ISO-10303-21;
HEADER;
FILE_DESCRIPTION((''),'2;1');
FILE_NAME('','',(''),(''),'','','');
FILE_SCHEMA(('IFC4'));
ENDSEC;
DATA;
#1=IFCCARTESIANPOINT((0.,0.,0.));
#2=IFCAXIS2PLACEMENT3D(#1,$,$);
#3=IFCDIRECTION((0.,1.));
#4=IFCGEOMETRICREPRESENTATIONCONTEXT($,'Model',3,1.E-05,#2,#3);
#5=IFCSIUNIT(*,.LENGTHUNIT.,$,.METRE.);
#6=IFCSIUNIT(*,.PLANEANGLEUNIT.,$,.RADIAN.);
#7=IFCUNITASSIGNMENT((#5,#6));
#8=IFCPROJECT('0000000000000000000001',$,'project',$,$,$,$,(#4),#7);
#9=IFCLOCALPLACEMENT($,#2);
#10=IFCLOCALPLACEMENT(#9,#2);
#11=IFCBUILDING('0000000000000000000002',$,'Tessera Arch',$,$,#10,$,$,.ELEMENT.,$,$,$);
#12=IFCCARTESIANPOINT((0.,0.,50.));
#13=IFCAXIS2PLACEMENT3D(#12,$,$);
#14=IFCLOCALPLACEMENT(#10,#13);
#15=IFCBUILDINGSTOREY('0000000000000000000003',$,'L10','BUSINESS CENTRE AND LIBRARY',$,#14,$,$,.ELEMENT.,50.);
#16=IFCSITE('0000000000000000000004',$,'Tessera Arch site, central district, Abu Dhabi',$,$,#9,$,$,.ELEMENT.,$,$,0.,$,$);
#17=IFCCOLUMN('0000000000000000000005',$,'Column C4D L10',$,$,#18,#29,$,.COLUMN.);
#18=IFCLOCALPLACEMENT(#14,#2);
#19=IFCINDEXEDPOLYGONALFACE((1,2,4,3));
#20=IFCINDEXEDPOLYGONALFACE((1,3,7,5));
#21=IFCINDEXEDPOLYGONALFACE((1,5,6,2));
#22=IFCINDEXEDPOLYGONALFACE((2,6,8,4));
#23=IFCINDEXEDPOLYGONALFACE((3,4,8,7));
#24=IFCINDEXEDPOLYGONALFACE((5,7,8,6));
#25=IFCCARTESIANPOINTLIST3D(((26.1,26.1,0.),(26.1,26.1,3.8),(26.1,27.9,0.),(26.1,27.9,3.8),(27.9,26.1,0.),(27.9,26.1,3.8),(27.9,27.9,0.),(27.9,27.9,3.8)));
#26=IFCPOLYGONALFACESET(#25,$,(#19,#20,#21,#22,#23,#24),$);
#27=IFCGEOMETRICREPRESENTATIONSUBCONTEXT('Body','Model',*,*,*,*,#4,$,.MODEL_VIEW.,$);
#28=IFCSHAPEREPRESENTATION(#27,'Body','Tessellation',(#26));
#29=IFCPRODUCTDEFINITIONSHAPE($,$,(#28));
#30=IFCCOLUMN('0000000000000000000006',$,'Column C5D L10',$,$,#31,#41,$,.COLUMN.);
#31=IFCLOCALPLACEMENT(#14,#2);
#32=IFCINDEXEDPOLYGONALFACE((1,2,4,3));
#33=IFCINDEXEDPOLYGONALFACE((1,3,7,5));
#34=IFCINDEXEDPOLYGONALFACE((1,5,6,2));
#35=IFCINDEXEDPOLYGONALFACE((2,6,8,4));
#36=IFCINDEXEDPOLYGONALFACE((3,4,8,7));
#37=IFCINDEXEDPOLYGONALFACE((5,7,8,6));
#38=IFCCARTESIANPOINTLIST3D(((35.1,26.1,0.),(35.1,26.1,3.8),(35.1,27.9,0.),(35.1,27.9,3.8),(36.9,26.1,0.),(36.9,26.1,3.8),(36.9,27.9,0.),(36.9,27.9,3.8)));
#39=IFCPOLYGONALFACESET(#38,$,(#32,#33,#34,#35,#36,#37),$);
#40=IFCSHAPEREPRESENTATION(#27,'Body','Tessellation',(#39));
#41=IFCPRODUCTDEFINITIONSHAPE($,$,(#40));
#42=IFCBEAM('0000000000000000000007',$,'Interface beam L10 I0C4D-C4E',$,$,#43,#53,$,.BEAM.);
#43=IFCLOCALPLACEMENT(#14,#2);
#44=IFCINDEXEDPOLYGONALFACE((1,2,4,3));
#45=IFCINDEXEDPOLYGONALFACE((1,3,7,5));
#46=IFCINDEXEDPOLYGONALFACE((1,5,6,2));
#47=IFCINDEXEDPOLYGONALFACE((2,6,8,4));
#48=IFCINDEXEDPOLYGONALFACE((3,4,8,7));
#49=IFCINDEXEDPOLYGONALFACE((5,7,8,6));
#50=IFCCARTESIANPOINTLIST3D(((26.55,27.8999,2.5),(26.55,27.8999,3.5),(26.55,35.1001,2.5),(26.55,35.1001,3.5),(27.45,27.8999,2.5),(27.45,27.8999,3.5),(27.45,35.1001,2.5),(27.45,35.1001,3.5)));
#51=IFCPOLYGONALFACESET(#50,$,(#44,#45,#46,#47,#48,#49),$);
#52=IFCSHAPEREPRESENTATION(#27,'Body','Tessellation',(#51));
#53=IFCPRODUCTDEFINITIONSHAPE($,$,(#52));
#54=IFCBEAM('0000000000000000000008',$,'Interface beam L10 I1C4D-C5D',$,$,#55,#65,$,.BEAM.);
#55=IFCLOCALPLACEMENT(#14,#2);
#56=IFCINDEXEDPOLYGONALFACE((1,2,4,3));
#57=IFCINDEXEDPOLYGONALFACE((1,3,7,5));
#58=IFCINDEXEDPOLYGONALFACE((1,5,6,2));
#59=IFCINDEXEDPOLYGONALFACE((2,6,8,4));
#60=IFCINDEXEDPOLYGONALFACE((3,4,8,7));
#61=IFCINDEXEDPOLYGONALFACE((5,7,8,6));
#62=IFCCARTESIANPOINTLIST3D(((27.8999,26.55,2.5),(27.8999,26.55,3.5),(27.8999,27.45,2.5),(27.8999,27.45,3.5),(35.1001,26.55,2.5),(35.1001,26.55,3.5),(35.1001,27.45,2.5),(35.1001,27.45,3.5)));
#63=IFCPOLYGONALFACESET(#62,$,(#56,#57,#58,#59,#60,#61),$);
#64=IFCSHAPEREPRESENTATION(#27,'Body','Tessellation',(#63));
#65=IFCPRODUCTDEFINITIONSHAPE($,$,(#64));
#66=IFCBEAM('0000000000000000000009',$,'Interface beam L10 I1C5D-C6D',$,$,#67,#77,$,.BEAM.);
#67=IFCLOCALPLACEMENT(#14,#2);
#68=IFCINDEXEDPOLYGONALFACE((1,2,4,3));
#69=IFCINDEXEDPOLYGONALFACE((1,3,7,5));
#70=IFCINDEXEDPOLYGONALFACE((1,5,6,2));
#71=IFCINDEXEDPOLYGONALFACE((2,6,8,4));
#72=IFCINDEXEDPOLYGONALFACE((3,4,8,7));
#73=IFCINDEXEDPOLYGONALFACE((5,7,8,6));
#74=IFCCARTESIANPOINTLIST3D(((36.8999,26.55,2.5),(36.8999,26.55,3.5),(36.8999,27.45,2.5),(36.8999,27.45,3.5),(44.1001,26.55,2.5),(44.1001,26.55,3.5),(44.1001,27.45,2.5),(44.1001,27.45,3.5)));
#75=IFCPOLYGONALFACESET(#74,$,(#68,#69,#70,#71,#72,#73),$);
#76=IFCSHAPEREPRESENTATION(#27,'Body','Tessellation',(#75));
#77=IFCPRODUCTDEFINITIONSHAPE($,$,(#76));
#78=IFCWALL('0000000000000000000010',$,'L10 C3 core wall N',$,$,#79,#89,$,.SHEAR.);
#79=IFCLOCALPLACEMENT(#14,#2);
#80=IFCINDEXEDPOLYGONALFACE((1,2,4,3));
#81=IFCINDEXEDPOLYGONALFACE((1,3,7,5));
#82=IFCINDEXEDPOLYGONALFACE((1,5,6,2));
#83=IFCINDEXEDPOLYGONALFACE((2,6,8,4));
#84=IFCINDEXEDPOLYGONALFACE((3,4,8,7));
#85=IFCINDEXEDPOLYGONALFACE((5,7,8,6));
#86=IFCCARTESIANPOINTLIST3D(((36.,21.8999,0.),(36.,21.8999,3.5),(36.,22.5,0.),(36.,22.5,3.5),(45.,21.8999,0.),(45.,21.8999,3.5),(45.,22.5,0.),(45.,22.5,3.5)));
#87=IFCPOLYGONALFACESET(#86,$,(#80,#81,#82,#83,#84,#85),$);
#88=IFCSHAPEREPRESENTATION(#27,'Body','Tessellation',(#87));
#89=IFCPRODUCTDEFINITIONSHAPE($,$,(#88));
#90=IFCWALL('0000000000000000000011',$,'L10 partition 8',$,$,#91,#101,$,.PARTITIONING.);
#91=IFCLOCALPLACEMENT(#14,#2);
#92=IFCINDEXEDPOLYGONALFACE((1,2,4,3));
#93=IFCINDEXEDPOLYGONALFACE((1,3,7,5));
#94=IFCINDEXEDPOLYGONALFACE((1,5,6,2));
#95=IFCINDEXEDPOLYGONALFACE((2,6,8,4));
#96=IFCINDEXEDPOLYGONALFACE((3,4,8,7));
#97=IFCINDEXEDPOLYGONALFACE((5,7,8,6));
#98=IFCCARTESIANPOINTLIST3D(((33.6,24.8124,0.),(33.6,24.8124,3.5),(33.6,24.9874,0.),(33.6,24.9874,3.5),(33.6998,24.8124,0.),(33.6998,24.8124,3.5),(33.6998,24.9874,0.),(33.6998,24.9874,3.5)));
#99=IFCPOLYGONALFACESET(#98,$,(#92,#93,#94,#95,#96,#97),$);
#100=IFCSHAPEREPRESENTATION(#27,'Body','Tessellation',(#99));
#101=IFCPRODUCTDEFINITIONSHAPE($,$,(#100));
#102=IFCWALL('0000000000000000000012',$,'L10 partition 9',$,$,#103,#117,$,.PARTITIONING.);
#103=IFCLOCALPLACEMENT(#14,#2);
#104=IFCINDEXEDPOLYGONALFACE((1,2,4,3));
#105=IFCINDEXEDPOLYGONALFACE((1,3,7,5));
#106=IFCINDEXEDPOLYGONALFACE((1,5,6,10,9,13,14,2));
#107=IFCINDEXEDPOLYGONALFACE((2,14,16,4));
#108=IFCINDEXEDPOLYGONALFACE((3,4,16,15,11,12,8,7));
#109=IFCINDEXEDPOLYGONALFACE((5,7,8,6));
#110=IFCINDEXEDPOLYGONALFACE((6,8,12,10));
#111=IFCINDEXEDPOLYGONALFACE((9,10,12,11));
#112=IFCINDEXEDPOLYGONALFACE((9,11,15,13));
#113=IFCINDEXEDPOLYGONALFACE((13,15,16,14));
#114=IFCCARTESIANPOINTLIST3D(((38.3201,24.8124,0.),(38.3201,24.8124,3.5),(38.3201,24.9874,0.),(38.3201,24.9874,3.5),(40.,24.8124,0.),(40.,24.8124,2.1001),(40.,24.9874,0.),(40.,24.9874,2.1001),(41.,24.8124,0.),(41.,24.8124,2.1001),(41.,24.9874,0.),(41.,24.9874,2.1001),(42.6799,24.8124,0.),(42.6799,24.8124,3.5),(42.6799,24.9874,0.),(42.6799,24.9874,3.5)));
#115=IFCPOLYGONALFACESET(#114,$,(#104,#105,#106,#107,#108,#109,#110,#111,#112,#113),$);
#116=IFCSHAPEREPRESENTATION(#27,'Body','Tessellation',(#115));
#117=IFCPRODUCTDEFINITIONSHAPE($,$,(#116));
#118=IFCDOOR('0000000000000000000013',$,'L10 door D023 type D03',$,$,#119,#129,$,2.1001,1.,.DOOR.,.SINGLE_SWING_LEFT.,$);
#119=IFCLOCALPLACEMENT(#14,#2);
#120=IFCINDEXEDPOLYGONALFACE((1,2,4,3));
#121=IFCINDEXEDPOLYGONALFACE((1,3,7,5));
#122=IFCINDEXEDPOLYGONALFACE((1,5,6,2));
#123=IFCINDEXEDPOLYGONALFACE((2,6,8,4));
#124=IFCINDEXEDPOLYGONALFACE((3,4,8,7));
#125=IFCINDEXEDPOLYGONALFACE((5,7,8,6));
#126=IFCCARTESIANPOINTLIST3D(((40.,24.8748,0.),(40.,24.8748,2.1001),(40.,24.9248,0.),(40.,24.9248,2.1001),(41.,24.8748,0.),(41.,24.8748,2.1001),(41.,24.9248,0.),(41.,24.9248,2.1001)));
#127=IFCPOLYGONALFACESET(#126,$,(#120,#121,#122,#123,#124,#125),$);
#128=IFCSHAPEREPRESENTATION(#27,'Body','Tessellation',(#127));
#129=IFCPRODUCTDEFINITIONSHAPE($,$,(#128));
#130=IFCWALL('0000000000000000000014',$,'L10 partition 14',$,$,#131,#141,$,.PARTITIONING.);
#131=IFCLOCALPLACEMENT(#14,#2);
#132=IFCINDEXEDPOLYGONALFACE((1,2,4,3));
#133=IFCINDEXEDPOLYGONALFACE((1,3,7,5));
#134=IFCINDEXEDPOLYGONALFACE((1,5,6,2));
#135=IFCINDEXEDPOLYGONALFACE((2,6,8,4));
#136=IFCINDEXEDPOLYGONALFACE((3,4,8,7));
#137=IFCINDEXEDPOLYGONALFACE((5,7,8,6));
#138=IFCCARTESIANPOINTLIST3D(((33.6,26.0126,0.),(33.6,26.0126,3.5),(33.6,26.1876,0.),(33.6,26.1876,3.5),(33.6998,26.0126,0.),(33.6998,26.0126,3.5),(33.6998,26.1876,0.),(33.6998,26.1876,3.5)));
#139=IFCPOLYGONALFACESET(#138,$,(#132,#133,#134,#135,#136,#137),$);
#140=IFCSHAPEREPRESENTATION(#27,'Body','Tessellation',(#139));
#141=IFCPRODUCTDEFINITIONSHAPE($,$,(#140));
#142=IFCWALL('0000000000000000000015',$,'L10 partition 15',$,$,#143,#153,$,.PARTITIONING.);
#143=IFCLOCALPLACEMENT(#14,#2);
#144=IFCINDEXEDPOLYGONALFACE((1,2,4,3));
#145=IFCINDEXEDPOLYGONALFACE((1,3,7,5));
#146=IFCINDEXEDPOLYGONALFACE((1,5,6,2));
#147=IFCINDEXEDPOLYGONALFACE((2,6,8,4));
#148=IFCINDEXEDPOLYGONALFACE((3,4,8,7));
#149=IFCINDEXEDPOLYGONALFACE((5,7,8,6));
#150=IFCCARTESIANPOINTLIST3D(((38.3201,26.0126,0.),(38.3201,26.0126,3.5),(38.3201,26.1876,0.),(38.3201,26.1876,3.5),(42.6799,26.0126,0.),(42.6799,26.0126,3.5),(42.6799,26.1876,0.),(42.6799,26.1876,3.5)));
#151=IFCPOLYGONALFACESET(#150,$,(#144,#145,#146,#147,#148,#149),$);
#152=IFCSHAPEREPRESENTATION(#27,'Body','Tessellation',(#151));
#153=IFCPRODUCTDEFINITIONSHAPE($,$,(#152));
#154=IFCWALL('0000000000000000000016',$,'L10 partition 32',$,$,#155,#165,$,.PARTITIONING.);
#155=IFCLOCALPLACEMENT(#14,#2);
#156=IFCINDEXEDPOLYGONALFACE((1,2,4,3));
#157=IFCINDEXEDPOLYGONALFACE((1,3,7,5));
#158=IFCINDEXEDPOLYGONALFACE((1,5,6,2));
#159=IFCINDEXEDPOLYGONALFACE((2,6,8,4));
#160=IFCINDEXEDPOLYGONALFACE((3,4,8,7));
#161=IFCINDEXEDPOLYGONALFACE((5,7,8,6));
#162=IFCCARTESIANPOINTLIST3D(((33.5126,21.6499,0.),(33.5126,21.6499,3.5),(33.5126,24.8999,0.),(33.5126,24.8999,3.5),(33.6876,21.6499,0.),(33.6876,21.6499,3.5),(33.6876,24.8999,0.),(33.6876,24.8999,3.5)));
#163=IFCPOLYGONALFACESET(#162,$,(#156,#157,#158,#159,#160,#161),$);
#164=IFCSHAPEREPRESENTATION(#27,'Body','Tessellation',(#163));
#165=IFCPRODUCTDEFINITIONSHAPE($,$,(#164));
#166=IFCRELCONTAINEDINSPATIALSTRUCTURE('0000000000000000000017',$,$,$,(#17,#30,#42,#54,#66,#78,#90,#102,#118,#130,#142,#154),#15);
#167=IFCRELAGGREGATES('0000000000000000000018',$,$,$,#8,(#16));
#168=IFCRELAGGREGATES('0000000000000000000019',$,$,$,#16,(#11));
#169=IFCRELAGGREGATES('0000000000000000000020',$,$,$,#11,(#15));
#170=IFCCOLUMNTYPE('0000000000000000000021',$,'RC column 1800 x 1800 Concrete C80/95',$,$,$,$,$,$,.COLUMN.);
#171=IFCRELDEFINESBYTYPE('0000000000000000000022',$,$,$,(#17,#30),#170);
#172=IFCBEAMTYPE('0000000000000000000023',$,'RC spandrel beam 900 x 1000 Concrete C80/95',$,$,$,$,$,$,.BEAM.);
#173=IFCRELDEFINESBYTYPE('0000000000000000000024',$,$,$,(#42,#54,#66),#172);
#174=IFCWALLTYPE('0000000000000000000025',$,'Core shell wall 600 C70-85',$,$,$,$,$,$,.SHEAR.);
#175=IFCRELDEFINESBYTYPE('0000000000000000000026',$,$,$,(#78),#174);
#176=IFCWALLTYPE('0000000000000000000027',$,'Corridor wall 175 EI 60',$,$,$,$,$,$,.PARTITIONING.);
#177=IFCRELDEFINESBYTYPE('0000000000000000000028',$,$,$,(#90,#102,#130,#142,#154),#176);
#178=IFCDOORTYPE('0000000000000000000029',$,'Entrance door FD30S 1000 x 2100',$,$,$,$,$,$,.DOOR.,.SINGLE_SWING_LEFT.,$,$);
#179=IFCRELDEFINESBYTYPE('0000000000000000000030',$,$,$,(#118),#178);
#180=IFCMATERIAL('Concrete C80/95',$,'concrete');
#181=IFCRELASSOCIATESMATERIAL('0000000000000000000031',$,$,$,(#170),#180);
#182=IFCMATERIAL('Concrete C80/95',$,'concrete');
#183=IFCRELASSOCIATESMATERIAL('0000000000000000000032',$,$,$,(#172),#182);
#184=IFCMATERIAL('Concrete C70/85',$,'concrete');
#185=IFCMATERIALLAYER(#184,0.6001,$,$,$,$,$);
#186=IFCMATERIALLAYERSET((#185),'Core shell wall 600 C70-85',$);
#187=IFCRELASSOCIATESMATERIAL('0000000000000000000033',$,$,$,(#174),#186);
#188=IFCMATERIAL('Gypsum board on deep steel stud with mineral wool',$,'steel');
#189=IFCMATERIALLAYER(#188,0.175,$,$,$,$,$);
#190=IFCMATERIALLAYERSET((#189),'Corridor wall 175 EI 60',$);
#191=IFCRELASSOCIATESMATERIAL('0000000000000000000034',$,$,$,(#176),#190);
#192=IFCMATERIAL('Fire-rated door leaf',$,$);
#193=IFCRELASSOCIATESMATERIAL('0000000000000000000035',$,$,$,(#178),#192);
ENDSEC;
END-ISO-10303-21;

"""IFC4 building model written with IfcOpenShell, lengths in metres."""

from ifc_helpers import new_model, si_unit, direction, frame, frame_2d, origin, origin_2d, place, context, subcontext, project, spatial, rectangle, extrude, material, layer, layer_set, material_profile, profile_set, type_object, element, fill, save


model = new_model("IFC4")

# Units and contexts
model_context = context("Model", 3, precision=1e-05, world=origin(), true_north=direction((0.0, 1.0)))
body_context = subcontext(model_context, "Body", "Model", "MODEL_VIEW")
ifc_project = project(units=[si_unit("LENGTHUNIT", "METRE"), si_unit("PLANEANGLEUNIT", "RADIAN")], contexts=[model_context])

# Site, building, storey
site_placement = place(None, origin())
site = spatial("IfcSite", under=ifc_project, at=site_placement, Name="Tessera Arch site, central district, Abu Dhabi", CompositionType="ELEMENT", RefElevation=0.0)
building_placement = place(site_placement, origin())
building = spatial("IfcBuilding", under=site, at=building_placement, Name="Tessera Arch", CompositionType="ELEMENT")
storey_placement = place(building_placement, frame((0.0, 0.0, 50.0)))
storey = spatial("IfcBuildingStorey", under=building, at=storey_placement, Name="L10", Description="BUSINESS CENTRE AND LIBRARY", CompositionType="ELEMENT", Elevation=50.0)

# Columns
ifc_material_1 = material(Name="Concrete C80/95", Category="concrete")
ifc_material_profile_1 = material_profile(ifc_material_1, rectangle(XDim=1.8, YDim=1.8, at=origin_2d()), Name="RC column 1800 x 1800 Concrete C80/95")
ifc_profile_set_1 = profile_set([ifc_material_profile_1], Name="Concrete C80/95")
column_type = type_object("IfcColumnType", Name="RC column 1800 x 1800 Concrete C80/95", PredefinedType="COLUMN", material=ifc_profile_set_1)
for number, where, z_axis, x_axis, name in (
    (1, (27.0, 27.0, 0.0), (0.0, 0.0, 1.0), (1.0, 0.0, 0.0), "Column C4D L10"),
    (2, (36.0, 27.0, 0.0), (0.0, 0.0, 1.0), (1.0, 0.0, 0.0), "Column C5D L10"),
):
    element("IfcColumn", number, at=place(storey_placement, frame(where, z_axis=z_axis, x_axis=x_axis)), inside=storey, type_object=column_type, Name=name, PredefinedType="COLUMN", context=body_context, shape_type="SweptSolid", body=[
        extrude(rectangle(XDim=1.8, YDim=1.8, at=origin_2d()), origin(), (0.0, 0.0, 1.0), 3.8),
    ])

# Beams
ifc_material_2 = material(Name="Concrete C80/95", Category="concrete")
ifc_material_profile_2 = material_profile(ifc_material_2, rectangle(XDim=0.8999, YDim=1.0, at=origin_2d()), Name="RC spandrel beam 900 x 1000 Concrete C80/95")
ifc_profile_set_2 = profile_set([ifc_material_profile_2], Name="Concrete C80/95")
beam_type = type_object("IfcBeamType", Name="RC spandrel beam 900 x 1000 Concrete C80/95", PredefinedType="BEAM", material=ifc_profile_set_2)
for number, where, z_axis, x_axis, name in (
    (3, (27.0, 27.8999, 3.0), (0.0, 1.0, 0.0), (-1.0, 0.0, 0.0), "Interface beam L10 I0C4D-C4E"),
    (4, (27.8999, 27.0, 3.0), (1.0, 0.0, 0.0), (0.0, 1.0, 0.0), "Interface beam L10 I1C4D-C5D"),
    (5, (36.8999, 27.0, 3.0), (1.0, 0.0, 0.0), (0.0, 1.0, 0.0), "Interface beam L10 I1C5D-C6D"),
):
    element("IfcBeam", number, at=place(storey_placement, frame(where, z_axis=z_axis, x_axis=x_axis)), inside=storey, type_object=beam_type, Name=name, PredefinedType="BEAM", context=body_context, shape_type="SweptSolid", body=[
        extrude(rectangle(XDim=0.8999, YDim=1.0, at=origin_2d()), origin(), (0.0, 0.0, 1.0), 7.2002),
    ])

# Walls
ifc_material_3 = material(Name="Concrete C70/85", Category="concrete")
ifc_layer_1 = layer(ifc_material_3, 0.6001)
ifc_layer_set_1 = layer_set([ifc_layer_1], Name="Core shell wall 600 C70-85")
wall_type_1 = type_object("IfcWallType", Name="Core shell wall 600 C70-85", PredefinedType="SHEAR", material=ifc_layer_set_1)
wall_1_placement = place(storey_placement, frame((36.0, 22.2, 0.0), z_axis=(0.0, 0.0, 1.0), x_axis=(1.0, 0.0, 0.0)))
element("IfcWall", 6, at=wall_1_placement, inside=storey, type_object=wall_type_1, Name="L10 C3 core wall N", PredefinedType="SHEAR", context=body_context, shape_type="SweptSolid", body=[
    extrude(rectangle(XDim=9.0, YDim=0.6001, at=frame_2d((4.5, 0.0))), origin(), (0.0, 0.0, 1.0), 3.5),
])
ifc_material_4 = material(Name="Gypsum board on deep steel stud with mineral wool", Category="steel")
ifc_layer_2 = layer(ifc_material_4, 0.175)
ifc_layer_set_2 = layer_set([ifc_layer_2], Name="Corridor wall 175 EI 60")
wall_type_2 = type_object("IfcWallType", Name="Corridor wall 175 EI 60", PredefinedType="PARTITIONING", material=ifc_layer_set_2)
wall_2_placement = place(storey_placement, frame((33.6001, 24.8999, 0.0), z_axis=(0.0, 0.0, 1.0), x_axis=(1.0, 0.0, 0.0)))
element("IfcWall", 7, at=wall_2_placement, inside=storey, type_object=wall_type_2, Name="L10 partition 8", PredefinedType="PARTITIONING", context=body_context, shape_type="SweptSolid", body=[
    extrude(rectangle(XDim=0.0999, YDim=0.175, at=frame_2d((0.0498, 0.0))), origin(), (0.0, 0.0, 1.0), 3.5),
])

# Wall, opening, door
wall_3_placement = place(storey_placement, frame((38.3201, 24.8999, 0.0), z_axis=(0.0, 0.0, 1.0), x_axis=(1.0, 0.0, 0.0)))
wall_3 = element("IfcWall", 8, at=wall_3_placement, inside=storey, type_object=wall_type_2, Name="L10 partition 9", PredefinedType="PARTITIONING", context=body_context, shape_type="SweptSolid", body=[
    extrude(rectangle(XDim=4.3599, YDim=0.175, at=frame_2d((2.1799, 0.0))), origin(), (0.0, 0.0, 1.0), 3.5),
])
opening_1_placement = place(wall_3_placement, frame((1.6799, 0.0, 0.0)))
opening_1 = element("IfcOpeningElement", 9, at=opening_1_placement, cuts=wall_3, PredefinedType="OPENING", context=body_context, shape_type="SweptSolid", body=[
    extrude(rectangle(XDim=1.0, YDim=2.1001, at=frame_2d((0.5, 1.05))), frame((0.0, 0.0974, 0.0), z_axis=(0.0, -1.0, 0.0), x_axis=(1.0, 0.0, 0.0)), (0.0, 0.0, 1.0), 0.1951),
])
ifc_material_5 = material(Name="Fire-rated door leaf")
door_type_1 = type_object("IfcDoorType", Name="Entrance door FD30S 1000 x 2100", OperationType="SINGLE_SWING_LEFT", PredefinedType="DOOR", material=ifc_material_5)
door_1_placement = place(opening_1_placement, origin())
door_1 = element("IfcDoor", 10, at=door_1_placement, inside=storey, type_object=door_type_1, Name="L10 door D023 type D03", OperationType="SINGLE_SWING_LEFT", OverallHeight=2.1001, OverallWidth=1.0, PredefinedType="DOOR", context=body_context, shape_type="SweptSolid", body=[
    extrude(rectangle(XDim=1.0, YDim=2.1001, at=frame_2d((0.5, 1.05))), frame((0.0, 0.0249, 0.0), z_axis=(0.0, -1.0, 0.0), x_axis=(1.0, 0.0, 0.0)), (0.0, 0.0, 1.0), 0.05),
])
fill(opening_1, door_1)

# Walls
wall_4_placement = place(storey_placement, frame((33.6001, 26.1001, 0.0), z_axis=(0.0, 0.0, 1.0), x_axis=(1.0, 0.0, 0.0)))
element("IfcWall", 11, at=wall_4_placement, inside=storey, type_object=wall_type_2, Name="L10 partition 14", PredefinedType="PARTITIONING", context=body_context, shape_type="SweptSolid", body=[
    extrude(rectangle(XDim=0.0999, YDim=0.175, at=frame_2d((0.0498, 0.0))), origin(), (0.0, 0.0, 1.0), 3.5),
])
wall_5_placement = place(storey_placement, frame((38.3201, 26.1001, 0.0), z_axis=(0.0, 0.0, 1.0), x_axis=(1.0, 0.0, 0.0)))
element("IfcWall", 12, at=wall_5_placement, inside=storey, type_object=wall_type_2, Name="L10 partition 15", PredefinedType="PARTITIONING", context=body_context, shape_type="SweptSolid", body=[
    extrude(rectangle(XDim=4.3599, YDim=0.175, at=frame_2d((2.1799, 0.0))), origin(), (0.0, 0.0, 1.0), 3.5),
])
wall_6_placement = place(storey_placement, frame((33.6001, 21.6499, 0.0), z_axis=(0.0, 0.0, 1.0), x_axis=(0.0, 1.0, 0.0)))
element("IfcWall", 13, at=wall_6_placement, inside=storey, type_object=wall_type_2, Name="L10 partition 32", PredefinedType="PARTITIONING", context=body_context, shape_type="SweptSolid", body=[
    extrude(rectangle(XDim=3.25, YDim=0.175, at=frame_2d((1.625, 0.0))), origin(), (0.0, 0.0, 1.0), 3.5),
])

save(model, "model.ifc")
